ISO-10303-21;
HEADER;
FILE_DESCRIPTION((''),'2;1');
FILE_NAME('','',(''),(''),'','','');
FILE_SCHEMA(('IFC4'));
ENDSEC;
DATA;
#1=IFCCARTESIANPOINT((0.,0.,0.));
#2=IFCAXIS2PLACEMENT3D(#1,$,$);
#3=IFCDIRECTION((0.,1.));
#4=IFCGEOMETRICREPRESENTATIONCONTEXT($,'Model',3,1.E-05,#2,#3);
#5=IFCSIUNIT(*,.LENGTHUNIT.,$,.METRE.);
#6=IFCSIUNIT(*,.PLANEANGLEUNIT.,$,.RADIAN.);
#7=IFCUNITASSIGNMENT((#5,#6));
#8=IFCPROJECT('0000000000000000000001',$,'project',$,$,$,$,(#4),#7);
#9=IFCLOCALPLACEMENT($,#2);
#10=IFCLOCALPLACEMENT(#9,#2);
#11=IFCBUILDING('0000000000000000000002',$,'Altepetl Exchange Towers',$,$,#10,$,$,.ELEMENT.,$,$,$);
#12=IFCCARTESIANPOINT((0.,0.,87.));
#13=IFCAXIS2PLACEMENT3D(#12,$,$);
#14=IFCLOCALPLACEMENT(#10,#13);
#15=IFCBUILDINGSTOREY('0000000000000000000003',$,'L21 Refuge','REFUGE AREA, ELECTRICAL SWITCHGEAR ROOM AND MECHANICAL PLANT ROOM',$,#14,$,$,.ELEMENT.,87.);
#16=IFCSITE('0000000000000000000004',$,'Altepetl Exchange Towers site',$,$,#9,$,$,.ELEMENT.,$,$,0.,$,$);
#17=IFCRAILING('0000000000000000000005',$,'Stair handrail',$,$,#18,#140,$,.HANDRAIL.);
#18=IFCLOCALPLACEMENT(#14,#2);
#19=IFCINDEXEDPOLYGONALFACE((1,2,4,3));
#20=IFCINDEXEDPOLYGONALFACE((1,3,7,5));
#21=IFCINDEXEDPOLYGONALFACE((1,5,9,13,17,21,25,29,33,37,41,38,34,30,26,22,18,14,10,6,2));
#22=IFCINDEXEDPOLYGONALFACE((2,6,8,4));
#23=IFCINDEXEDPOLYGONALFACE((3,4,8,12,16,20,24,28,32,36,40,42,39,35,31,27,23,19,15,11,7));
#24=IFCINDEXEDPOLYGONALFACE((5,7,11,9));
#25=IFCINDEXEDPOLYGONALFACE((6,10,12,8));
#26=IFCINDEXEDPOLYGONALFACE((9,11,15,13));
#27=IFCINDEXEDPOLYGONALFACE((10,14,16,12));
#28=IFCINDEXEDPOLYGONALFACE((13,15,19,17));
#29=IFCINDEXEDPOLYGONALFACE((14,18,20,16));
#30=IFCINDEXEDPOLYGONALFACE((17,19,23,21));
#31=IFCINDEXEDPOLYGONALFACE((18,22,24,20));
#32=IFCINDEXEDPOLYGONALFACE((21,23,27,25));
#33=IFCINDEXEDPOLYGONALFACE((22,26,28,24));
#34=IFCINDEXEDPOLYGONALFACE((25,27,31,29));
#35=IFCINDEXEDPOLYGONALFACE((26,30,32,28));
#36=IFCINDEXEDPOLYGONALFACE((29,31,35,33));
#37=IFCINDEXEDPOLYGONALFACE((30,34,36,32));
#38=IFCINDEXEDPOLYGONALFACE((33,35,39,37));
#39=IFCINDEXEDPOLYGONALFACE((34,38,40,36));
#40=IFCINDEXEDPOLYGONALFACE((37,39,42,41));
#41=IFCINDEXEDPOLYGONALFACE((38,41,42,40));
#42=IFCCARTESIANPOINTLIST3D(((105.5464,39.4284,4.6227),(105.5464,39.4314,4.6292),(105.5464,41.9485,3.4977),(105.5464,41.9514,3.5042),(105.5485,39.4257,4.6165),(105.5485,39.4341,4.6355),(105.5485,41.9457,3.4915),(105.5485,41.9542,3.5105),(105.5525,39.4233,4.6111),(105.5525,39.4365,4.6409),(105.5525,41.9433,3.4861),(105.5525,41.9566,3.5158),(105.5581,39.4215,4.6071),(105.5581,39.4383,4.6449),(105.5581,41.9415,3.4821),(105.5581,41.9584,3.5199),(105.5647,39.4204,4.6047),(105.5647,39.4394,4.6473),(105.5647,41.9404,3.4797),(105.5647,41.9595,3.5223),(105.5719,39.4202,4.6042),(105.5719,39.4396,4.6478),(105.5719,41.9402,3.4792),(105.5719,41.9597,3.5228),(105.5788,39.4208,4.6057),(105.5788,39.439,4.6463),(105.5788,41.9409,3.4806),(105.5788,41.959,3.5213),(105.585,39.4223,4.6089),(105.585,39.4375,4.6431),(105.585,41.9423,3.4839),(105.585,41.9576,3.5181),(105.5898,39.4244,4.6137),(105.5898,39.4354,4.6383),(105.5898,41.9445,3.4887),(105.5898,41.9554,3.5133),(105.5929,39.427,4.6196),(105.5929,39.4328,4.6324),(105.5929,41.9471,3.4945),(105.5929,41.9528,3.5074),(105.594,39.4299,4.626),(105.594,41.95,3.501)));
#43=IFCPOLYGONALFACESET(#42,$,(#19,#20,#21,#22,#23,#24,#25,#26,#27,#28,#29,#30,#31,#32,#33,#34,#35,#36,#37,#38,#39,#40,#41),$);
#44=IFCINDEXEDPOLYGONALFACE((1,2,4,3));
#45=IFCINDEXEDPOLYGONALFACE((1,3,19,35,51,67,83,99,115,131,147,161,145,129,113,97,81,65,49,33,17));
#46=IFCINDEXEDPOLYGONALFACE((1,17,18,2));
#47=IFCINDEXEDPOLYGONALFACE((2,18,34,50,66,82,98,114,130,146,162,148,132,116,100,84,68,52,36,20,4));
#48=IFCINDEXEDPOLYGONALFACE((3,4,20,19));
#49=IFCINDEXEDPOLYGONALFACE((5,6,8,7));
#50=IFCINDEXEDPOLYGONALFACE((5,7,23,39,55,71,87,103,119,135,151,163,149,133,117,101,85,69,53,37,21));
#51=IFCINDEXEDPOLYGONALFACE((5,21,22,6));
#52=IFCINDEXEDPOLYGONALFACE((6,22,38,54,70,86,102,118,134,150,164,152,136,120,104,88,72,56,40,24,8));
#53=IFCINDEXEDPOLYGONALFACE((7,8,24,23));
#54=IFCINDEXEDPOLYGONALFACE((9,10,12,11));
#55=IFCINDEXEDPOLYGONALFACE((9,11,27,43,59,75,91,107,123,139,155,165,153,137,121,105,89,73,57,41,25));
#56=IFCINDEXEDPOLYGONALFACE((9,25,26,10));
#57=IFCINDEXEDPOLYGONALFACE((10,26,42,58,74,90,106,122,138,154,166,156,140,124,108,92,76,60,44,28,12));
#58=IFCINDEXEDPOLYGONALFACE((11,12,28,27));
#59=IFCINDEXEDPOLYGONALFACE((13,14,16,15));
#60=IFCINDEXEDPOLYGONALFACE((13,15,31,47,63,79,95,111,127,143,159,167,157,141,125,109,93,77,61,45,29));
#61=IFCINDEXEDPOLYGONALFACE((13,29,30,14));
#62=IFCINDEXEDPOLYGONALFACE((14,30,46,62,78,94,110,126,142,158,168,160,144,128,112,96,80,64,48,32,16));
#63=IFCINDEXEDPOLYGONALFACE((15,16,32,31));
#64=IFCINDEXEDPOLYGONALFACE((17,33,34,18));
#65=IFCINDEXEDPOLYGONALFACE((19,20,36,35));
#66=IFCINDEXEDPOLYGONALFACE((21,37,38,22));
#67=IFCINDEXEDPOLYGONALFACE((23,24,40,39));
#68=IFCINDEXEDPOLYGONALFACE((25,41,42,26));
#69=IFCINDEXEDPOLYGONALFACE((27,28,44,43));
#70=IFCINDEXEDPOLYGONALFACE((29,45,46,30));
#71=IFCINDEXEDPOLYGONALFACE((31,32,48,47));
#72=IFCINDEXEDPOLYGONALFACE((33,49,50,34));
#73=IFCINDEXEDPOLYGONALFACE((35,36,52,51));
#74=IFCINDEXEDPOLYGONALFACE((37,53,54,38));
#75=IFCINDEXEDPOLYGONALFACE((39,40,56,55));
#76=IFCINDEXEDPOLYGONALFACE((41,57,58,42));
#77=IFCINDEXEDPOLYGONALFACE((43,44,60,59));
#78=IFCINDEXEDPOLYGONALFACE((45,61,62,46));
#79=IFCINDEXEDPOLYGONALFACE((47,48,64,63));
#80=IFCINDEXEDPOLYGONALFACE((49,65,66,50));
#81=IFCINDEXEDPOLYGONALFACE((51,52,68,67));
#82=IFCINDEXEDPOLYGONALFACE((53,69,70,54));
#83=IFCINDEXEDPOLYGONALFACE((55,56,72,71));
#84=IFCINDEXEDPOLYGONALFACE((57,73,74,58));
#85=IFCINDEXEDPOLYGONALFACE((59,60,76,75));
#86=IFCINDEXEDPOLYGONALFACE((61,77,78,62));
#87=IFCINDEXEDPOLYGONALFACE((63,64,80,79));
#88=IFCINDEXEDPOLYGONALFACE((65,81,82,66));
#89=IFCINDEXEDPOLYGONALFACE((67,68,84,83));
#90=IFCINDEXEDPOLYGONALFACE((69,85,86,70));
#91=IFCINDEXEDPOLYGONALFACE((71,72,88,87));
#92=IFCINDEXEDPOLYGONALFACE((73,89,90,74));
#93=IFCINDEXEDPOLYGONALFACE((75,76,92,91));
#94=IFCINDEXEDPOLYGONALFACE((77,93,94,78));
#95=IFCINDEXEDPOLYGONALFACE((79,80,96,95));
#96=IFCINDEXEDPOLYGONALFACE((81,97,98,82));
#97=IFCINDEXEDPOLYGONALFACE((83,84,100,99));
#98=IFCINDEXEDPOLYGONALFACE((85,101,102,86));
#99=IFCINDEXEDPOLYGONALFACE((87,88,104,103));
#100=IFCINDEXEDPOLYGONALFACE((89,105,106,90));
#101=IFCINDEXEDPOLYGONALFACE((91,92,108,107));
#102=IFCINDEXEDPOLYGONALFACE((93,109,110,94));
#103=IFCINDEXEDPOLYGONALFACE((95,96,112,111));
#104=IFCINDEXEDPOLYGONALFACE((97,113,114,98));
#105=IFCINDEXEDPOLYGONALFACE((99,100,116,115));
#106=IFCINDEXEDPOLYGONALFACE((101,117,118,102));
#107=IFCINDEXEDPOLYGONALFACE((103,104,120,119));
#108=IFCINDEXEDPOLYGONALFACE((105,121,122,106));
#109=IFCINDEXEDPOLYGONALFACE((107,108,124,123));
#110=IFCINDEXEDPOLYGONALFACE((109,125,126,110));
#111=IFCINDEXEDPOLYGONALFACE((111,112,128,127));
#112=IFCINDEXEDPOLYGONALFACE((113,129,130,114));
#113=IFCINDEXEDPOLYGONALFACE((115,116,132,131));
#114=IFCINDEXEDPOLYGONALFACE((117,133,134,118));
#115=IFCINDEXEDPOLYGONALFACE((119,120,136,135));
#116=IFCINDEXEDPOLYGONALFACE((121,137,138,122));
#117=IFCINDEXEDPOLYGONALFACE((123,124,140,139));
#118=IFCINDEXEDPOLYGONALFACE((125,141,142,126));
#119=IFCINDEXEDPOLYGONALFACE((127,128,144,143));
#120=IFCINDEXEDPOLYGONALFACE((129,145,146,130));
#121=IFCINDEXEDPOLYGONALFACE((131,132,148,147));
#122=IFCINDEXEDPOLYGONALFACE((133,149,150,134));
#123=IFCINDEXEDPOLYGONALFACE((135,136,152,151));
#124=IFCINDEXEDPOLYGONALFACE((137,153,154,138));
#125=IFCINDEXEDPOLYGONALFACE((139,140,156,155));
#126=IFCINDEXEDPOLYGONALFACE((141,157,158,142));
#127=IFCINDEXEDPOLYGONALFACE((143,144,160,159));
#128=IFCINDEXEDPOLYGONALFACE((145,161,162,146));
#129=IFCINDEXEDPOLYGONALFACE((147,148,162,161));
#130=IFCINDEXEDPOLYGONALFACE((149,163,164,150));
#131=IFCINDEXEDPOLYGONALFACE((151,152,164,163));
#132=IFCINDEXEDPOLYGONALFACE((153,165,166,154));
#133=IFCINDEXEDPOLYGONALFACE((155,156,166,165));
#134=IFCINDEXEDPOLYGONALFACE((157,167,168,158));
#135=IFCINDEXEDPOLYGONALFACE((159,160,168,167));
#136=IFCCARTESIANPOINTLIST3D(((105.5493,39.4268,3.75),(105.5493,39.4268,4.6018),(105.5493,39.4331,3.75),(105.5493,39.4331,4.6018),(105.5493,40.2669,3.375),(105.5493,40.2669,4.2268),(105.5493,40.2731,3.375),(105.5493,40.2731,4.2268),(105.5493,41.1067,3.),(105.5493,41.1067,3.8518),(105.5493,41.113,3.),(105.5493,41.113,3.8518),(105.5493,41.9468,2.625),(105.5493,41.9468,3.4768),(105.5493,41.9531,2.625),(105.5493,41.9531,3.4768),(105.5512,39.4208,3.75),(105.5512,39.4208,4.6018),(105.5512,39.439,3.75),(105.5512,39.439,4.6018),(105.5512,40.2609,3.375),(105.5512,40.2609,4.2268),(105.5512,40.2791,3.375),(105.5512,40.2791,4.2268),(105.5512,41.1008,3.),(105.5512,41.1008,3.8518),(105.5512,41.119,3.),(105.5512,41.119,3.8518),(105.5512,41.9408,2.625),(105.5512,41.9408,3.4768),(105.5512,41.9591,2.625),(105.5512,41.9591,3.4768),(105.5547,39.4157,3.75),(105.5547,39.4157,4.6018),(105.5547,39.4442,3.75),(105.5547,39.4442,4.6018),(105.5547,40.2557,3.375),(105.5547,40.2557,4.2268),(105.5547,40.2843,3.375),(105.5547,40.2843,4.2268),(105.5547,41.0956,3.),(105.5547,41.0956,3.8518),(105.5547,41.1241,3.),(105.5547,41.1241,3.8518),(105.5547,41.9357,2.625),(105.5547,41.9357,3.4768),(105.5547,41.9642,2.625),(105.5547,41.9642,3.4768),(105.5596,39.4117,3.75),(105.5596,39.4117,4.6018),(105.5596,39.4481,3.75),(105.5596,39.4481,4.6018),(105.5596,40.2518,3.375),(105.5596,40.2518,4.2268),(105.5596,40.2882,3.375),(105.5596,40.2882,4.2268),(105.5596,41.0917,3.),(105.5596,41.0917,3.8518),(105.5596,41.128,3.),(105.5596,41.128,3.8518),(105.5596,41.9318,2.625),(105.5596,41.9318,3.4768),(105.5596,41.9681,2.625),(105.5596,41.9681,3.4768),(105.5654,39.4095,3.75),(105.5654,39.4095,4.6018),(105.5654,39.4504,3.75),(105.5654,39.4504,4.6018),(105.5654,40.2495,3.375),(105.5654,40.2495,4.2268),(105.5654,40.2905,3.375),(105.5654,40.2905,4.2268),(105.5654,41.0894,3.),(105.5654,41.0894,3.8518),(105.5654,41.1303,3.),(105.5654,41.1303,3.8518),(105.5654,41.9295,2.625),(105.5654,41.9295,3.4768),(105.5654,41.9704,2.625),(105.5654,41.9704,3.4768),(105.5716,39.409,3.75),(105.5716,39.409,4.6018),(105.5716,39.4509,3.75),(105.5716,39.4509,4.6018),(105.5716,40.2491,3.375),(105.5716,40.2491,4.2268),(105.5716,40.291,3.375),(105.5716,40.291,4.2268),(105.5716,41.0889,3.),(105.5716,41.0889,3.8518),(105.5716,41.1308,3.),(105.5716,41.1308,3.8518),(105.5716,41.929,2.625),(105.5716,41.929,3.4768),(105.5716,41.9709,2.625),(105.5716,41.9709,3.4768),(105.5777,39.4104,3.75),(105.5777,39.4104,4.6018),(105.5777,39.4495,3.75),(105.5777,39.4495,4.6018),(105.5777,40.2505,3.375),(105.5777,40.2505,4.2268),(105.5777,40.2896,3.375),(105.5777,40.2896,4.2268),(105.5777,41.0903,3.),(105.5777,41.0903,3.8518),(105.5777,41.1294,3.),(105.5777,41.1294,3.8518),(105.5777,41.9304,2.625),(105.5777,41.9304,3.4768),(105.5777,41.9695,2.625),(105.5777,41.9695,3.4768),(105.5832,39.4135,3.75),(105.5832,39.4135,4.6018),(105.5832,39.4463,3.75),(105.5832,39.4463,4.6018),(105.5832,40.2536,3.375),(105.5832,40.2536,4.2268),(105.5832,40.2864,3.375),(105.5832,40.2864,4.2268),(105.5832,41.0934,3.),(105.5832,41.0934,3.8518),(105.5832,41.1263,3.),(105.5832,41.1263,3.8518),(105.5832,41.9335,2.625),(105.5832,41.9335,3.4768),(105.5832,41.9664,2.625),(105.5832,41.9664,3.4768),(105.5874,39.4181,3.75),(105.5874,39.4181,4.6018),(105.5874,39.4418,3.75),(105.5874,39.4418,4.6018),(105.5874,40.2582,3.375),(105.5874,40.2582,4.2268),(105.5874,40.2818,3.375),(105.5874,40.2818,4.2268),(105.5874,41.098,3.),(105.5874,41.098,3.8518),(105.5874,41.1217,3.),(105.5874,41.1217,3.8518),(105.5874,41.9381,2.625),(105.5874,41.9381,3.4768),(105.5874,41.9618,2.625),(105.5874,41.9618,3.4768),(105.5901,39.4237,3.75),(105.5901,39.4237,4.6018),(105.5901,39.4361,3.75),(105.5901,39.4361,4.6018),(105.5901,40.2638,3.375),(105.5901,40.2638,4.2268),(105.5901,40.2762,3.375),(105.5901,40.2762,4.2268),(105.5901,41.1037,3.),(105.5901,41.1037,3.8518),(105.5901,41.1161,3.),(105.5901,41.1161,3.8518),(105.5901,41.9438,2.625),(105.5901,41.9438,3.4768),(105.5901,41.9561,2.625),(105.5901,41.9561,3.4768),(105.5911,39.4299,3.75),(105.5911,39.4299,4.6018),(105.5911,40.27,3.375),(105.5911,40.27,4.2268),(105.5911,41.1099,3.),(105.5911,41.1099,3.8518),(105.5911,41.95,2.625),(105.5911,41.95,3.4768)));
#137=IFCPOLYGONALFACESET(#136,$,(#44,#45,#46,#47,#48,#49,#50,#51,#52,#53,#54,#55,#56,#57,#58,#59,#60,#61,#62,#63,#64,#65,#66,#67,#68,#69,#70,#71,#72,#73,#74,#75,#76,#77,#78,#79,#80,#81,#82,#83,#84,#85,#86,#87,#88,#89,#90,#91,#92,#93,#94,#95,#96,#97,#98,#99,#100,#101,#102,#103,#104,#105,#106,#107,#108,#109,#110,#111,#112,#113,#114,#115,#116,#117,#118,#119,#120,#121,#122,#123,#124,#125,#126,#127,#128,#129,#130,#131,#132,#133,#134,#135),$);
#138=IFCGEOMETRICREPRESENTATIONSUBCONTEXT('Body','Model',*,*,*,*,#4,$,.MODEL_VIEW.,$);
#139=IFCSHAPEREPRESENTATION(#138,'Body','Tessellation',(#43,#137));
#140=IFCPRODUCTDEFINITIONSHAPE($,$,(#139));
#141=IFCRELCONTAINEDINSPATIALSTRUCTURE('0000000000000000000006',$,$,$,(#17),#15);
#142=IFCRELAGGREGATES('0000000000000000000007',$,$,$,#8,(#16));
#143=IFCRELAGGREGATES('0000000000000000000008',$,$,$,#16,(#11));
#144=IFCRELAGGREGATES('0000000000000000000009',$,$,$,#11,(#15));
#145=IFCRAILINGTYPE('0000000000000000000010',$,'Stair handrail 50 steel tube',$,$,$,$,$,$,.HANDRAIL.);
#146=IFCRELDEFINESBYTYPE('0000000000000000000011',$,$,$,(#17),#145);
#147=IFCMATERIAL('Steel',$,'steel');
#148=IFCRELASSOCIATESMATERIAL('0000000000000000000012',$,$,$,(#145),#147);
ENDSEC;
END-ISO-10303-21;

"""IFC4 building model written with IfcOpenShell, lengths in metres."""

from ifc_helpers import new_model, si_unit, direction, frame, origin, origin_2d, place, context, subcontext, project, spatial, circle, extrude, source, transform, mapped, material, type_object, element, save


model = new_model("IFC4")

# Units and contexts
model_context = context("Model", 3, precision=1e-05, world=origin(), true_north=direction((0.0, 1.0)))
body_context = subcontext(model_context, "Body", "Model", "MODEL_VIEW")
ifc_project = project(units=[si_unit("LENGTHUNIT", "METRE"), si_unit("PLANEANGLEUNIT", "RADIAN")], contexts=[model_context])

# Site, building, storey
site_placement = place(None, origin())
site = spatial("IfcSite", under=ifc_project, at=site_placement, Name="Altepetl Exchange Towers site", CompositionType="ELEMENT", RefElevation=0.0)
building_placement = place(site_placement, origin())
building = spatial("IfcBuilding", under=site, at=building_placement, Name="Altepetl Exchange Towers", CompositionType="ELEMENT")
storey_placement = place(building_placement, frame((0.0, 0.0, 87.0)))
storey = spatial("IfcBuildingStorey", under=building, at=storey_placement, Name="L21 Refuge", Description="REFUGE AREA, ELECTRICAL SWITCHGEAR ROOM AND MECHANICAL PLANT ROOM", CompositionType="ELEMENT", Elevation=87.0)

# Railing
ifc_material_1 = material(Name="Steel", Category="steel")
railing_type = type_object("IfcRailingType", Name="Stair handrail 50 steel tube", PredefinedType="HANDRAIL", material=ifc_material_1)
shared_shape = source(origin(), body_context, "Body", "SweptSolid", [
    extrude(circle(Radius=0.021, at=origin_2d()), origin(), (0.0, 0.0, 1.0), 0.8518),
])
for number, where, name in (
    (1, (105.5701, 41.95, 2.625), "Stair handrail"),
):
    element("IfcRailing", number, at=place(storey_placement, frame(where)), inside=storey, type_object=railing_type, Name=name, PredefinedType="HANDRAIL", context=body_context, shape_type="SweptSolid", body=[
        extrude(circle(Radius=0.0239, at=origin_2d()), frame((0.0, 0.0, 0.876), z_axis=(0.0, -0.913139, 0.407648), x_axis=(1.0, 0.0, 0.0)), (0.0, 0.0, 1.0), 2.7598),
        mapped(shared_shape, transform((0.0, 0.0, 0.0))),
        mapped(shared_shape, transform((0.0, -0.8401, 0.375))),
        mapped(shared_shape, transform((0.0, -1.6799, 0.75))),
        mapped(shared_shape, transform((0.0, -2.52, 1.125))),
    ])

save(model, "model.ifc")
